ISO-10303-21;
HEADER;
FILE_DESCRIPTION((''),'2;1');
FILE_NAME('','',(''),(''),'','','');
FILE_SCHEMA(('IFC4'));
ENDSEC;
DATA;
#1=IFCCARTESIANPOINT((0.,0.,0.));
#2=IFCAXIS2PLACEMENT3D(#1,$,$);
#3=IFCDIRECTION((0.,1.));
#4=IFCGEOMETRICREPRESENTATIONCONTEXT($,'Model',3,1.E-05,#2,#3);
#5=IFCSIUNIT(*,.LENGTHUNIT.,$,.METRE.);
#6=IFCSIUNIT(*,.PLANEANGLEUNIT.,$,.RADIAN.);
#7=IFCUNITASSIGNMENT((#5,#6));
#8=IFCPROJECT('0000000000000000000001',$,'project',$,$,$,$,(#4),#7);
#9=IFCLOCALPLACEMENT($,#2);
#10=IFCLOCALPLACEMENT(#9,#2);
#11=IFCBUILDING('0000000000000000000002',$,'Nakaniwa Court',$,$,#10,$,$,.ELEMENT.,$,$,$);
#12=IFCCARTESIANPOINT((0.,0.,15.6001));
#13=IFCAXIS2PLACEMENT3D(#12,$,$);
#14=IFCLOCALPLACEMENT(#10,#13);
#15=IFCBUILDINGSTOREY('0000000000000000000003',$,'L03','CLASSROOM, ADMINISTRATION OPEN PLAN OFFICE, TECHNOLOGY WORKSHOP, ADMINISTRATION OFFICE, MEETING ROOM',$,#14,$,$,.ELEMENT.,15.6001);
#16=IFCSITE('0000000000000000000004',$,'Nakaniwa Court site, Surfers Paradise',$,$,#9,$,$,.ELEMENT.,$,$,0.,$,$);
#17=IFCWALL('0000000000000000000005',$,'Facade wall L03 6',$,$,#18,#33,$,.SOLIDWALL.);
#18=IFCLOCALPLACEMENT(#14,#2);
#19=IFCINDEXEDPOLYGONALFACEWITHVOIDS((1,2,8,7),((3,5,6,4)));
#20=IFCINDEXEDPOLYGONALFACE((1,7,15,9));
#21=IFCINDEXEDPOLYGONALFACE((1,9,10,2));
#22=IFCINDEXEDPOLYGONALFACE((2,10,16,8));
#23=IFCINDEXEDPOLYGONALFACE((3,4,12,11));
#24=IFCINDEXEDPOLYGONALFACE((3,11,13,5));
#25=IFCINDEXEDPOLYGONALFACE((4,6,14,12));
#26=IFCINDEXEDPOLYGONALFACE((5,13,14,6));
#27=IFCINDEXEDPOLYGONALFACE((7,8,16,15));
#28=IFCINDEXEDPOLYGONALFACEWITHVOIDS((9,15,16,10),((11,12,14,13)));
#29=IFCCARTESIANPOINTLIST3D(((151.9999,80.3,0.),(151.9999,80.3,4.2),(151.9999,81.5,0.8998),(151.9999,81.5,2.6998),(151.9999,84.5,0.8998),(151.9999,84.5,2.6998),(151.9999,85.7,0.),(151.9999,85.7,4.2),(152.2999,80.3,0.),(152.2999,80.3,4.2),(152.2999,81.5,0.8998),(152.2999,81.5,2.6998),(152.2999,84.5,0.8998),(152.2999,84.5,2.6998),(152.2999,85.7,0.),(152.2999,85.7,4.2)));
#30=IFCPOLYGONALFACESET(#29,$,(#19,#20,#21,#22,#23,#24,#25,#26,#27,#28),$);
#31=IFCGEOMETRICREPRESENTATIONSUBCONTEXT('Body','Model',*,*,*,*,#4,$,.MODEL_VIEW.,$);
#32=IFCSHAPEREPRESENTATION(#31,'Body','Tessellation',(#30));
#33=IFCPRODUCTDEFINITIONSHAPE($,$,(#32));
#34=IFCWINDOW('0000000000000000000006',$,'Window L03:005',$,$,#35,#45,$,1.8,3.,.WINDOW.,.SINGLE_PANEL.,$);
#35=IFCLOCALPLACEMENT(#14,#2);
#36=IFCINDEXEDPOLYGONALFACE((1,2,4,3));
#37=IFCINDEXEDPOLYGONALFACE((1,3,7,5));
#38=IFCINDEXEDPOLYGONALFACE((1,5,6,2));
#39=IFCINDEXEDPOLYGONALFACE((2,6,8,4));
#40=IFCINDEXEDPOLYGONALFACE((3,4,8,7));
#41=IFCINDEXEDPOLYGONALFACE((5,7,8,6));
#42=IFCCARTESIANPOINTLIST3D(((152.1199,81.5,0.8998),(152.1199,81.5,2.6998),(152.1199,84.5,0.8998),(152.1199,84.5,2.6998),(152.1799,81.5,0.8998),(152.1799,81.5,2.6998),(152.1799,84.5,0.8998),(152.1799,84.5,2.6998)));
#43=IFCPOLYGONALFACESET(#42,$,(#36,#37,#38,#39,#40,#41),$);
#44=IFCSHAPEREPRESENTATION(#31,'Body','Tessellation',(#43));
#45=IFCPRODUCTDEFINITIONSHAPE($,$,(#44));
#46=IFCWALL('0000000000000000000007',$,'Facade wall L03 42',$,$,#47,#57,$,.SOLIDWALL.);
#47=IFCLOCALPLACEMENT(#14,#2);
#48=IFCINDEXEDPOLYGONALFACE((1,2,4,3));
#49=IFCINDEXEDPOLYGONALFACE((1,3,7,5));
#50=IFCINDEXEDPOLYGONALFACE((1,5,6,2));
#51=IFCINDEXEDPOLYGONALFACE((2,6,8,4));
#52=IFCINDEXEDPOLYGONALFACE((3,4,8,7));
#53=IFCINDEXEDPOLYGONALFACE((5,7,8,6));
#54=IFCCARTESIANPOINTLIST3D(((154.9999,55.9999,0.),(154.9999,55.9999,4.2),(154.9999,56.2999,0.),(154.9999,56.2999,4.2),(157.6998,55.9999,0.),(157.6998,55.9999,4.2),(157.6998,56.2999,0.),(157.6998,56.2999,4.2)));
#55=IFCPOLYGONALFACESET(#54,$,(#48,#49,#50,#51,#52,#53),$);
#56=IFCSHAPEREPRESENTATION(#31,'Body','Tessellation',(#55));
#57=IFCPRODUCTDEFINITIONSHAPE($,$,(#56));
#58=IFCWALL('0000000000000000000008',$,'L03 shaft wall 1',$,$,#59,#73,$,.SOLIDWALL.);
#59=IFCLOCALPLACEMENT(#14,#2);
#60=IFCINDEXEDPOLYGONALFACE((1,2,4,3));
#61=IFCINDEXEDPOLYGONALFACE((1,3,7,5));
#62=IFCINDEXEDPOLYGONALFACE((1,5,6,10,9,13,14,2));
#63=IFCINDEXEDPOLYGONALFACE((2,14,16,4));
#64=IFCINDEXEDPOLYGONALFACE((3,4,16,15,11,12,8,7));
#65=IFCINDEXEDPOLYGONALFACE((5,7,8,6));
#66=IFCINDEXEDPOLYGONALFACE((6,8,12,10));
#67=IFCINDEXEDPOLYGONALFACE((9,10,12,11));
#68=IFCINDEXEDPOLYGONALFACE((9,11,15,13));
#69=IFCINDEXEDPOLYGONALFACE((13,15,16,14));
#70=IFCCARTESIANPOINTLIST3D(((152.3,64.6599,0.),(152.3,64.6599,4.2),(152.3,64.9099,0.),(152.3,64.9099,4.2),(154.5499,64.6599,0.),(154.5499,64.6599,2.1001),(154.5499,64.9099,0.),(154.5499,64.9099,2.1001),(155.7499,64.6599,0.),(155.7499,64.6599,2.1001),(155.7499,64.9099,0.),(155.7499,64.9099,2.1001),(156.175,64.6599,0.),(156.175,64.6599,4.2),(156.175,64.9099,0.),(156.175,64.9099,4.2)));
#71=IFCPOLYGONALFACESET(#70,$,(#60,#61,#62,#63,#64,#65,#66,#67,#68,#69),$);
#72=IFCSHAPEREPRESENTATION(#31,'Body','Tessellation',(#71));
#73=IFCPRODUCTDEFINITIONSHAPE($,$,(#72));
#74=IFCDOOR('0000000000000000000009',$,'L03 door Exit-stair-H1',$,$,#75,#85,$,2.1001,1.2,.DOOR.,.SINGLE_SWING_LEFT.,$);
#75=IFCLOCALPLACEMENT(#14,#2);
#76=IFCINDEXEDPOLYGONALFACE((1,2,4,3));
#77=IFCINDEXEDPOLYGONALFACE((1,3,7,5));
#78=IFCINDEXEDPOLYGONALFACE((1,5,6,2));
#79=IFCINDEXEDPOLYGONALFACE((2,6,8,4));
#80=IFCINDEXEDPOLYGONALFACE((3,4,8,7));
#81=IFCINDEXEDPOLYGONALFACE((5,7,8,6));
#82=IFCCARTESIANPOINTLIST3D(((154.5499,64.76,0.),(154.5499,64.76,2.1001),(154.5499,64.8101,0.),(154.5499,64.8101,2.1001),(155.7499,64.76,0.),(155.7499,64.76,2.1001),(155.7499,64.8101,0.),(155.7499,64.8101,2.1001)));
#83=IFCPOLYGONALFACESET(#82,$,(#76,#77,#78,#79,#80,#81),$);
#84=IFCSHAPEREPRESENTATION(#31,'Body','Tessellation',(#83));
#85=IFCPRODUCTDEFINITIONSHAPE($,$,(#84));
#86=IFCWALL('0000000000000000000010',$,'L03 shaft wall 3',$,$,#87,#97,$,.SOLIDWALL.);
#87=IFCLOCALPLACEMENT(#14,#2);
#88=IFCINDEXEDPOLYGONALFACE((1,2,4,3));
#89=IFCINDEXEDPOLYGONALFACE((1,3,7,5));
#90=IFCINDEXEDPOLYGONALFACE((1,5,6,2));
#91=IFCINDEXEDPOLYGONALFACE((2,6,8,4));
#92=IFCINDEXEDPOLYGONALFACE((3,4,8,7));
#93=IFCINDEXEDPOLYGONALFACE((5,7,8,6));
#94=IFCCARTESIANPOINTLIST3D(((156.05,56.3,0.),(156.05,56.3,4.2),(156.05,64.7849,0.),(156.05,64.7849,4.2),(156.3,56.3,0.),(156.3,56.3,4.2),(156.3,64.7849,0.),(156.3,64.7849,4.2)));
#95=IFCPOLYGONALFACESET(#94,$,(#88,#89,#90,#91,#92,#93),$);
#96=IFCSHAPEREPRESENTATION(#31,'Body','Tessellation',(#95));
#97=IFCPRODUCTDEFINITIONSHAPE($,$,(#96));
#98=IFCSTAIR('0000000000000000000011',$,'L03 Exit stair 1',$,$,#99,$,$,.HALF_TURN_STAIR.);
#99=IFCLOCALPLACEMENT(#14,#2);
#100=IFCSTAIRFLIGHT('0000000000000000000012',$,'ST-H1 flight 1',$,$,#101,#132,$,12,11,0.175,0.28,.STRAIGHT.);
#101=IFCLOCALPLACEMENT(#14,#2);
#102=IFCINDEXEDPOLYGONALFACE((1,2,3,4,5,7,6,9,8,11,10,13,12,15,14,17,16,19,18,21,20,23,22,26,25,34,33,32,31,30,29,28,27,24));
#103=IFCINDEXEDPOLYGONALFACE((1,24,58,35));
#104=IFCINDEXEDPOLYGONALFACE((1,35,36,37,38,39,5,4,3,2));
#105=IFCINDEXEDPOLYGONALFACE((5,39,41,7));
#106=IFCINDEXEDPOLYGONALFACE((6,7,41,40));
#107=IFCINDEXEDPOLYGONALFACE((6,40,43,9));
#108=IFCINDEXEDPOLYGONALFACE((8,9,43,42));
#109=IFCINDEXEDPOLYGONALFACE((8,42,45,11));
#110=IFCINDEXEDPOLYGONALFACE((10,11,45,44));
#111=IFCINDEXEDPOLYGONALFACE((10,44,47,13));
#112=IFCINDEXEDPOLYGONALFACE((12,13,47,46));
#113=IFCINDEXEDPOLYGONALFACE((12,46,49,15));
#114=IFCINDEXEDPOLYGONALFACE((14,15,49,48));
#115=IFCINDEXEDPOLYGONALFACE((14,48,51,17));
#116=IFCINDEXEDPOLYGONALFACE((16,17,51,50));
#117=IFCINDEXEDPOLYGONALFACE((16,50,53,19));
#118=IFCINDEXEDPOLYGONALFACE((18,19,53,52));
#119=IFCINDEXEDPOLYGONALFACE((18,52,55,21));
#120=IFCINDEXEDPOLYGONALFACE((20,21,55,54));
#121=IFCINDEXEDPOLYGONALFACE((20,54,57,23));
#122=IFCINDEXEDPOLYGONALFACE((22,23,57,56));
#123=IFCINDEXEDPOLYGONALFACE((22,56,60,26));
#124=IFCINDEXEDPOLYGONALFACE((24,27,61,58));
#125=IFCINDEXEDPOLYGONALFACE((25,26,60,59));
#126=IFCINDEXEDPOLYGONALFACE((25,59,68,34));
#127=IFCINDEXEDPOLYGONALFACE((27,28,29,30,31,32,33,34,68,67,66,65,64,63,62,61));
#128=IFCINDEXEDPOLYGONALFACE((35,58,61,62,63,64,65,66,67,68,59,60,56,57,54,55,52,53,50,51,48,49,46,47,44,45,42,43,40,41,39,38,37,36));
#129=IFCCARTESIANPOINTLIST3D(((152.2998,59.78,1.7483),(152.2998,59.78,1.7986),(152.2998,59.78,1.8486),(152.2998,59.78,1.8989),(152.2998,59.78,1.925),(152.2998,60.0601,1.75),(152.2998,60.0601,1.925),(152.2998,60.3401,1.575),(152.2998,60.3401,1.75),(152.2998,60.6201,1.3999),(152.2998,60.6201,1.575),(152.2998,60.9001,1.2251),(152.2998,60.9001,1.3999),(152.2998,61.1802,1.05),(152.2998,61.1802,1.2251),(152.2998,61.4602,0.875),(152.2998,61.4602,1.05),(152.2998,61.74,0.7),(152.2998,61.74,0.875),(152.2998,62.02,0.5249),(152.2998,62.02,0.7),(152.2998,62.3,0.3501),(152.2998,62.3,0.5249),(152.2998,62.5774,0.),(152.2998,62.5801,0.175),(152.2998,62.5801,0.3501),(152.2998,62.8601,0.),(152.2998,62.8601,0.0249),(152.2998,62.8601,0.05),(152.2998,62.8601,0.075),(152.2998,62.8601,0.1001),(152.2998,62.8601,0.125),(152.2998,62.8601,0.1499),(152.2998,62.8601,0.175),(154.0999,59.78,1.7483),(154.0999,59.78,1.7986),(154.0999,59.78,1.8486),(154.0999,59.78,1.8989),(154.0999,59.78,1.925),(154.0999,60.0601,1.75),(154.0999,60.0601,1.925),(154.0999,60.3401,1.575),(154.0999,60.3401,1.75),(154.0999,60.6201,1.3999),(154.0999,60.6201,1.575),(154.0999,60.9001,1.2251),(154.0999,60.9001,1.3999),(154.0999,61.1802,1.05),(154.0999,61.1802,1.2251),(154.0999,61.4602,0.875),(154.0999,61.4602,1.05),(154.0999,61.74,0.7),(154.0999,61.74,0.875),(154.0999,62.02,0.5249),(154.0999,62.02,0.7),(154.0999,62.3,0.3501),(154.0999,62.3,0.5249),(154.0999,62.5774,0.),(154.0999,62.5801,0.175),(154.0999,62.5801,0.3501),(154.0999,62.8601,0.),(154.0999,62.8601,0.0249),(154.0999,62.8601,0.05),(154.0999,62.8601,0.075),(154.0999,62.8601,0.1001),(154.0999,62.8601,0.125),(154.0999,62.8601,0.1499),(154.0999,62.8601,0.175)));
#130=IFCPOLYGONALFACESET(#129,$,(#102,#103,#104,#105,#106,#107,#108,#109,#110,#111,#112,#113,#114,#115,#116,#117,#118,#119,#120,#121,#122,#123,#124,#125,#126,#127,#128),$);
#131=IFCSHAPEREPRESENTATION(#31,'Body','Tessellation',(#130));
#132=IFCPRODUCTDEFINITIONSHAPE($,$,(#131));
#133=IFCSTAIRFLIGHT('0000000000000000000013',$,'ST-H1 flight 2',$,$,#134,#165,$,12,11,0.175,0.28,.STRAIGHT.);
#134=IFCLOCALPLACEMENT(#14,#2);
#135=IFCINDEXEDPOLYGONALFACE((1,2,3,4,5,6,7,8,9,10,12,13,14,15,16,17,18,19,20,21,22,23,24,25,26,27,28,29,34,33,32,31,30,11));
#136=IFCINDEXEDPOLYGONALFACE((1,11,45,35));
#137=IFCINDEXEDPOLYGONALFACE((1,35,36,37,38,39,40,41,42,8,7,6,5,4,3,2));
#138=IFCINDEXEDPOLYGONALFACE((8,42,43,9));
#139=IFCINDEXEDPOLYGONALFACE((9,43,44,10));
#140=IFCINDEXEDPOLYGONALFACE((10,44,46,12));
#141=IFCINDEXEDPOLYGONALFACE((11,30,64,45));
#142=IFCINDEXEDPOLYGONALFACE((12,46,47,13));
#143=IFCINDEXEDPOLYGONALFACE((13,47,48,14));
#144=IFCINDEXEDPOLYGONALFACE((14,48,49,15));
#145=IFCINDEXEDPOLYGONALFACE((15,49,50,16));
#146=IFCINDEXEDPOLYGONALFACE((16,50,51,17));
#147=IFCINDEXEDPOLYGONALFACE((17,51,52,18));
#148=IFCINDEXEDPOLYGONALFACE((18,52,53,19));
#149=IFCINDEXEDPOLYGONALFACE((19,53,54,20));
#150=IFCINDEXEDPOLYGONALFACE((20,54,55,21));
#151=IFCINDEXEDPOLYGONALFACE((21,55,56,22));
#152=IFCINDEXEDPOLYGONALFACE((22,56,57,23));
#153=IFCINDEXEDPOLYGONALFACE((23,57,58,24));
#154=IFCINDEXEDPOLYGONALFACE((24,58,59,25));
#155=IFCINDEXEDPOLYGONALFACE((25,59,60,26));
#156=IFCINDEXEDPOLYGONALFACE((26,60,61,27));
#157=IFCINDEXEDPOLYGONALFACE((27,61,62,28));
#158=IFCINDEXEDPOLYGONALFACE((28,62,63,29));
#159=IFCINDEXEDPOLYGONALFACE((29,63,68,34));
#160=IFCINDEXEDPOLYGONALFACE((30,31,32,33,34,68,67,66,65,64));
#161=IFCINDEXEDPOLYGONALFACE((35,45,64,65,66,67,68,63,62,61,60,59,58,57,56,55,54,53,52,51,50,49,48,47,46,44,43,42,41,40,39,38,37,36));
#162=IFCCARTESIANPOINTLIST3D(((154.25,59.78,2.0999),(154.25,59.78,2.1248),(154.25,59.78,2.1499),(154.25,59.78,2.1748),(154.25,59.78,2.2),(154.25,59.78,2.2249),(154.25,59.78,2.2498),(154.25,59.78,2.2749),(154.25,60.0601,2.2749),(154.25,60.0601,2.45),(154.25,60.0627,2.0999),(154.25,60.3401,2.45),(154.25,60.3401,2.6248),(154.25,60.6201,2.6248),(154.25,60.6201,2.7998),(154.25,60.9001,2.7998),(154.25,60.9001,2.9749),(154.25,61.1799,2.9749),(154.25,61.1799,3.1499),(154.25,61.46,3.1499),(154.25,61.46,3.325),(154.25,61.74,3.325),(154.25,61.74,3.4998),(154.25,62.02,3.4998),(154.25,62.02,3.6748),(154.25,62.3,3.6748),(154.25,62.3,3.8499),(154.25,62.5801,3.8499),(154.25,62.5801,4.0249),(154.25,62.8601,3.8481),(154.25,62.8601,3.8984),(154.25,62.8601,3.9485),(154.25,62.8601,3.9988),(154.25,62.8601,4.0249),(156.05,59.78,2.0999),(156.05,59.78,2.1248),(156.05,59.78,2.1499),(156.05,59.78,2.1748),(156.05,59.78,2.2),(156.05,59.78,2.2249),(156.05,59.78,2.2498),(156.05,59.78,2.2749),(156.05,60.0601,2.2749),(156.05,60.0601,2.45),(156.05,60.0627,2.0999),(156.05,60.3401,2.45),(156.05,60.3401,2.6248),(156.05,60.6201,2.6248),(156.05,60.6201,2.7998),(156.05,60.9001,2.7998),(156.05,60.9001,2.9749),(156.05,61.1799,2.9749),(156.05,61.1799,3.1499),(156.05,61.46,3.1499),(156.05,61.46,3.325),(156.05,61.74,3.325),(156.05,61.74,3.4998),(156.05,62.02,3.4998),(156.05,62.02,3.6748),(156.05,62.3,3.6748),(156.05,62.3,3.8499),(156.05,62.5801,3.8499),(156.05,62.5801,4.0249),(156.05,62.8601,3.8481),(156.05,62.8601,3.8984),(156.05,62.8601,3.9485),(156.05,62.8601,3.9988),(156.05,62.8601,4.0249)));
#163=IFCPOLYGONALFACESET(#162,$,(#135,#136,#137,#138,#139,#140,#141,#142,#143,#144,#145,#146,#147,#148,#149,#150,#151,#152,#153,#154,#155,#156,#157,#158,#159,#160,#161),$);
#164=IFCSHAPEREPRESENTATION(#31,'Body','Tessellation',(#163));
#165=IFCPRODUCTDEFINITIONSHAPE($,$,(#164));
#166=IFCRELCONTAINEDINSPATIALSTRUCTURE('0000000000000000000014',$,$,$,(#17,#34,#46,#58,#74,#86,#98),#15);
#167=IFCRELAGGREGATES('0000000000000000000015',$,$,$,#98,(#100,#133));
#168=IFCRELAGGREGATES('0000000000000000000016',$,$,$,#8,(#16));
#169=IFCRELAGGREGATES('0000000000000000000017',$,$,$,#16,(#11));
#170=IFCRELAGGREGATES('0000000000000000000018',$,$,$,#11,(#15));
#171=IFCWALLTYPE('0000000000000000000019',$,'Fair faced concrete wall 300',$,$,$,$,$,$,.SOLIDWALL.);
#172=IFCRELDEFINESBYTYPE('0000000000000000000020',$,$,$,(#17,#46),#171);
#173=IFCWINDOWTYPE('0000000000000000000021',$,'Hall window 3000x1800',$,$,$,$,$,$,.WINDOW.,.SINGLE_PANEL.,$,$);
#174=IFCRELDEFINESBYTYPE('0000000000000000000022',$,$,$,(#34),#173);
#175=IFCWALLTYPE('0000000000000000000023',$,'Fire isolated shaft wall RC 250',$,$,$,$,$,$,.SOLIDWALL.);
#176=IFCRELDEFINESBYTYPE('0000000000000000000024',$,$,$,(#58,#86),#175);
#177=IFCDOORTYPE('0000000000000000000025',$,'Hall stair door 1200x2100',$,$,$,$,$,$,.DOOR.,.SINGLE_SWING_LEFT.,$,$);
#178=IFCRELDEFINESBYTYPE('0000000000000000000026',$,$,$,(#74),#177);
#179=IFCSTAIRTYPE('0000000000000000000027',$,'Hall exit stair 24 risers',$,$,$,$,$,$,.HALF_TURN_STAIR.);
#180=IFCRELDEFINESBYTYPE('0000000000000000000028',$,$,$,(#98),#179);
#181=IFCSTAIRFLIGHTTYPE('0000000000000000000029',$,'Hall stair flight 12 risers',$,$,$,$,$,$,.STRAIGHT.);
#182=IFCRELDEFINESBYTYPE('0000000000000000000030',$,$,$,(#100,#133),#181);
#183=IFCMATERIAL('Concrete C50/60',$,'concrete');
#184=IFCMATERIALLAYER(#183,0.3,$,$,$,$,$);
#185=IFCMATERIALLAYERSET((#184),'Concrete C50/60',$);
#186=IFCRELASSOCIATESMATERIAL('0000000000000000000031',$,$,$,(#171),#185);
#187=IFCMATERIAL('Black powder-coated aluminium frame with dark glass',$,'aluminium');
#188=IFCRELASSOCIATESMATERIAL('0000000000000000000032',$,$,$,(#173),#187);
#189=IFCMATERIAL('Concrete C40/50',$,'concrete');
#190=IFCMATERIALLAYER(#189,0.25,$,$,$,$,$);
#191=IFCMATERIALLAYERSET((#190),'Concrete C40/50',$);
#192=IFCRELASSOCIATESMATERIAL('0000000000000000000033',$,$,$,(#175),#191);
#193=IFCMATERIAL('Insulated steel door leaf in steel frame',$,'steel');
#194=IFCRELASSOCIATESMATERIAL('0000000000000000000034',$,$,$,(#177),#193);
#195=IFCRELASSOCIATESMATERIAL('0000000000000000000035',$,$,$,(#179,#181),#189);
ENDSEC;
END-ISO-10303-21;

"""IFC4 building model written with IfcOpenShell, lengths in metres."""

from ifc_helpers import new_model, si_unit, direction, frame, frame_2d, origin, place, context, subcontext, project, spatial, polyline, rectangle, outline, extrude, material, layer, layer_set, type_object, element, fill, aggregate, save


model = new_model("IFC4")

# Units and contexts
model_context = context("Model", 3, precision=1e-05, world=origin(), true_north=direction((0.0, 1.0)))
body_context = subcontext(model_context, "Body", "Model", "MODEL_VIEW")
ifc_project = project(units=[si_unit("LENGTHUNIT", "METRE"), si_unit("PLANEANGLEUNIT", "RADIAN")], contexts=[model_context])

# Site, building, storey
site_placement = place(None, origin())
site = spatial("IfcSite", under=ifc_project, at=site_placement, Name="Nakaniwa Court site, Surfers Paradise", CompositionType="ELEMENT", RefElevation=0.0)
building_placement = place(site_placement, origin())
building = spatial("IfcBuilding", under=site, at=building_placement, Name="Nakaniwa Court", CompositionType="ELEMENT")
storey_placement = place(building_placement, frame((0.0, 0.0, 15.6001)))
storey = spatial("IfcBuildingStorey", under=building, at=storey_placement, Name="L03", Description="CLASSROOM, ADMINISTRATION OPEN PLAN OFFICE, TECHNOLOGY WORKSHOP, ADMINISTRATION OFFICE, MEETING ROOM", CompositionType="ELEMENT", Elevation=15.6001)

# Shared definitions
ifc_material_1 = material(Name="Concrete C50/60", Category="concrete")

# Shared definitions
ifc_layer_1 = layer(ifc_material_1, 0.3)
ifc_layer_set_1 = layer_set([ifc_layer_1], Name="Concrete C50/60")
wall_type_1 = type_object("IfcWallType", Name="Fair faced concrete wall 300", PredefinedType="SOLIDWALL", material=ifc_layer_set_1)

# Wall, opening, window
ifc_material_2 = material(Name="Black powder-coated aluminium frame with dark glass", Category="aluminium")
window_type = type_object("IfcWindowType", Name="Hall window 3000x1800", PartitioningType="SINGLE_PANEL", PredefinedType="WINDOW", material=ifc_material_2)
wall_1_placement = place(storey_placement, frame((152.1499, 80.3, 0.0), z_axis=(0.0, 0.0, 1.0), x_axis=(0.0, 1.0, 0.0)))
wall_1 = element("IfcWall", 1, at=wall_1_placement, inside=storey, type_object=wall_type_1, Name="Facade wall L03 6", PredefinedType="SOLIDWALL", context=body_context, shape_type="SweptSolid", body=[
    extrude(rectangle(XDim=5.3999, YDim=0.3, at=frame_2d((2.7, 0.0))), origin(), (0.0, 0.0, 1.0), 4.2),
])
opening_1_placement = place(wall_1_placement, frame((1.2, 0.0, 0.8999)))
opening_1 = element("IfcOpeningElement", 2, at=opening_1_placement, cuts=wall_1, PredefinedType="OPENING", context=body_context, shape_type="SweptSolid", body=[
    extrude(rectangle(XDim=3.0, YDim=1.8, at=frame_2d((1.5, 0.8999))), frame((0.0, 0.1599, 0.0), z_axis=(0.0, -1.0, 0.0), x_axis=(1.0, 0.0, 0.0)), (0.0, 0.0, 1.0), 0.3201),
])
window_1_placement = place(opening_1_placement, origin())
window_1 = element("IfcWindow", 3, at=window_1_placement, inside=storey, type_object=window_type, Name="Window L03:005", OverallHeight=1.8, OverallWidth=3.0, PartitioningType="SINGLE_PANEL", PredefinedType="WINDOW", context=body_context, shape_type="SweptSolid", body=[
    extrude(rectangle(XDim=3.0, YDim=1.8, at=frame_2d((1.5, 0.8999))), frame((0.0, 0.03, 0.0), z_axis=(0.0, -1.0, 0.0), x_axis=(1.0, 0.0, 0.0)), (0.0, 0.0, 1.0), 0.0601),
])
fill(opening_1, window_1)

# Wall
wall_2_placement = place(storey_placement, frame((157.7, 56.1499, 0.0), z_axis=(0.0, 0.0, 1.0), x_axis=(-1.0, 0.0, 0.0)))
element("IfcWall", 4, at=wall_2_placement, inside=storey, type_object=wall_type_1, Name="Facade wall L03 42", PredefinedType="SOLIDWALL", context=body_context, shape_type="SweptSolid", body=[
    extrude(rectangle(XDim=2.7, YDim=0.3, at=frame_2d((1.3501, 0.0))), origin(), (0.0, 0.0, 1.0), 4.2),
])

# Wall, opening, door
ifc_material_3 = material(Name="Concrete C40/50", Category="concrete")
ifc_layer_2 = layer(ifc_material_3, 0.25)
ifc_layer_set_2 = layer_set([ifc_layer_2], Name="Concrete C40/50")
wall_type_2 = type_object("IfcWallType", Name="Fire isolated shaft wall RC 250", PredefinedType="SOLIDWALL", material=ifc_layer_set_2)
wall_3_placement = place(storey_placement, frame((156.175, 64.7849, 0.0), z_axis=(0.0, 0.0, 1.0), x_axis=(-1.0, 0.0, 0.0)))
wall_3 = element("IfcWall", 5, at=wall_3_placement, inside=storey, type_object=wall_type_2, Name="L03 shaft wall 1", PredefinedType="SOLIDWALL", context=body_context, shape_type="SweptSolid", body=[
    extrude(rectangle(XDim=3.875, YDim=0.25, at=frame_2d((1.9375, 0.0))), origin(), (0.0, 0.0, 1.0), 4.2),
])
opening_2_placement = place(wall_3_placement, frame((0.425, 0.0, 0.0)))
opening_2 = element("IfcOpeningElement", 6, at=opening_2_placement, cuts=wall_3, PredefinedType="OPENING", context=body_context, shape_type="SweptSolid", body=[
    extrude(rectangle(XDim=1.2, YDim=2.1001, at=frame_2d((0.6001, 1.05))), frame((0.0, 0.135, 0.0), z_axis=(0.0, -1.0, 0.0), x_axis=(1.0, 0.0, 0.0)), (0.0, 0.0, 1.0), 0.27),
])
ifc_material_4 = material(Name="Insulated steel door leaf in steel frame", Category="steel")
door_type = type_object("IfcDoorType", Name="Hall stair door 1200x2100", OperationType="SINGLE_SWING_LEFT", PredefinedType="DOOR", material=ifc_material_4)
door_placement = place(opening_2_placement, origin())
door = element("IfcDoor", 7, at=door_placement, inside=storey, type_object=door_type, Name="L03 door Exit-stair-H1", OperationType="SINGLE_SWING_LEFT", OverallHeight=2.1001, OverallWidth=1.2, PredefinedType="DOOR", context=body_context, shape_type="SweptSolid", body=[
    extrude(rectangle(XDim=1.2, YDim=2.1001, at=frame_2d((0.6001, 1.05))), frame((0.0, 0.0249, 0.0), z_axis=(0.0, -1.0, 0.0), x_axis=(1.0, 0.0, 0.0)), (0.0, 0.0, 1.0), 0.05),
])
fill(opening_2, door)

# Wall
wall_4_placement = place(storey_placement, frame((156.175, 64.7849, 0.0), z_axis=(0.0, 0.0, 1.0), x_axis=(0.0, -1.0, 0.0)))
element("IfcWall", 8, at=wall_4_placement, inside=storey, type_object=wall_type_2, Name="L03 shaft wall 3", PredefinedType="SOLIDWALL", context=body_context, shape_type="SweptSolid", body=[
    extrude(rectangle(XDim=8.4849, YDim=0.25, at=frame_2d((4.2424, 0.0))), origin(), (0.0, 0.0, 1.0), 4.2),
])

# Stair, stair flights
stair_type = type_object("IfcStairType", Name="Hall exit stair 24 risers", PredefinedType="HALF_TURN_STAIR", material=ifc_material_3)
stair_placement = place(storey_placement, origin())
stair = element("IfcStair", 9, at=stair_placement, inside=storey, type_object=stair_type, Name="L03 Exit stair 1", PredefinedType="HALF_TURN_STAIR")
stair_flight_type = type_object("IfcStairFlightType", Name="Hall stair flight 12 risers", PredefinedType="STRAIGHT", material=ifc_material_3)
stair_flight_1_placement = place(storey_placement, frame((153.2, 62.8601, 0.0), z_axis=(0.0, 0.0, 1.0), x_axis=(0.0, -1.0, 0.0)))
stair_flight_1 = element("IfcStairFlight", 10, at=stair_flight_1_placement, type_object=stair_flight_type, Name="ST-H1 flight 1", NumberOfRisers=12, NumberOfTreads=11, PredefinedType="STRAIGHT", RiserHeight=0.175, TreadLength=0.28, context=body_context, shape_type="SweptSolid", body=[
    extrude(outline(polyline([(0.0, 0.0), (0.0, 0.0249), (0.0, 0.05), (0.0, 0.075), (0.0, 0.1001), (0.0, 0.125), (0.0, 0.1499), (0.0, 0.175), (0.28, 0.175), (0.28, 0.3501), (0.5601, 0.3501), (0.5601, 0.5249), (0.8401, 0.5249), (0.8401, 0.7), (1.1201, 0.7), (1.1201, 0.875), (1.3999, 0.875), (1.3999, 1.05), (1.6799, 1.05), (1.6799, 1.2251), (1.96, 1.2251), (1.96, 1.3999), (2.24, 1.3999), (2.24, 1.575), (2.52, 1.575), (2.52, 1.75), (2.8, 1.75), (2.8, 1.925), (3.0801, 1.925), (3.0801, 2.1001), (3.0801, 2.0498), (3.0801, 1.9995), (3.0801, 1.9492), (3.0801, 1.8989), (3.0801, 1.8486), (3.0801, 1.7986), (3.0801, 1.7483), (0.2827, 0.0), (0.0, 0.0)])), frame((0.0, 0.8999, 0.0), z_axis=(0.0, -1.0, 0.0), x_axis=(1.0, 0.0, 0.0)), (0.0, 0.0, 1.0), 1.8),
])
stair_flight_2_placement = place(storey_placement, frame((155.1499, 59.78, 2.0999), z_axis=(0.0, 0.0, 1.0), x_axis=(0.0, 1.0, 0.0)))
stair_flight_2 = element("IfcStairFlight", 11, at=stair_flight_2_placement, type_object=stair_flight_type, Name="ST-H1 flight 2", NumberOfRisers=12, NumberOfTreads=11, PredefinedType="STRAIGHT", RiserHeight=0.175, TreadLength=0.28, context=body_context, shape_type="SweptSolid", body=[
    extrude(outline(polyline([(0.0, 0.0), (0.0, 0.0249), (0.0, 0.05), (0.0, 0.075), (0.0, 0.1001), (0.0, 0.125), (0.0, 0.1499), (0.0, 0.175), (0.28, 0.175), (0.28, 0.3501), (0.5601, 0.3501), (0.5601, 0.5249), (0.8401, 0.5249), (0.8401, 0.7), (1.1201, 0.7), (1.1201, 0.875), (1.3999, 0.875), (1.3999, 1.05), (1.6799, 1.05), (1.6799, 1.2251), (1.96, 1.2251), (1.96, 1.3999), (2.24, 1.3999), (2.24, 1.575), (2.52, 1.575), (2.52, 1.75), (2.8, 1.75), (2.8, 1.925), (3.0801, 1.925), (3.0801, 2.1001), (3.0801, 2.0498), (3.0801, 1.9995), (3.0801, 1.9492), (3.0801, 1.8989), (3.0801, 1.8486), (3.0801, 1.7986), (3.0801, 1.7483), (0.2827, 0.0), (0.0, 0.0)])), frame((0.0, 0.8999, 0.0), z_axis=(0.0, -1.0, 0.0), x_axis=(1.0, 0.0, 0.0)), (0.0, 0.0, 1.0), 1.8),
])
aggregate(stair, [stair_flight_1, stair_flight_2])

save(model, "model.ifc")
